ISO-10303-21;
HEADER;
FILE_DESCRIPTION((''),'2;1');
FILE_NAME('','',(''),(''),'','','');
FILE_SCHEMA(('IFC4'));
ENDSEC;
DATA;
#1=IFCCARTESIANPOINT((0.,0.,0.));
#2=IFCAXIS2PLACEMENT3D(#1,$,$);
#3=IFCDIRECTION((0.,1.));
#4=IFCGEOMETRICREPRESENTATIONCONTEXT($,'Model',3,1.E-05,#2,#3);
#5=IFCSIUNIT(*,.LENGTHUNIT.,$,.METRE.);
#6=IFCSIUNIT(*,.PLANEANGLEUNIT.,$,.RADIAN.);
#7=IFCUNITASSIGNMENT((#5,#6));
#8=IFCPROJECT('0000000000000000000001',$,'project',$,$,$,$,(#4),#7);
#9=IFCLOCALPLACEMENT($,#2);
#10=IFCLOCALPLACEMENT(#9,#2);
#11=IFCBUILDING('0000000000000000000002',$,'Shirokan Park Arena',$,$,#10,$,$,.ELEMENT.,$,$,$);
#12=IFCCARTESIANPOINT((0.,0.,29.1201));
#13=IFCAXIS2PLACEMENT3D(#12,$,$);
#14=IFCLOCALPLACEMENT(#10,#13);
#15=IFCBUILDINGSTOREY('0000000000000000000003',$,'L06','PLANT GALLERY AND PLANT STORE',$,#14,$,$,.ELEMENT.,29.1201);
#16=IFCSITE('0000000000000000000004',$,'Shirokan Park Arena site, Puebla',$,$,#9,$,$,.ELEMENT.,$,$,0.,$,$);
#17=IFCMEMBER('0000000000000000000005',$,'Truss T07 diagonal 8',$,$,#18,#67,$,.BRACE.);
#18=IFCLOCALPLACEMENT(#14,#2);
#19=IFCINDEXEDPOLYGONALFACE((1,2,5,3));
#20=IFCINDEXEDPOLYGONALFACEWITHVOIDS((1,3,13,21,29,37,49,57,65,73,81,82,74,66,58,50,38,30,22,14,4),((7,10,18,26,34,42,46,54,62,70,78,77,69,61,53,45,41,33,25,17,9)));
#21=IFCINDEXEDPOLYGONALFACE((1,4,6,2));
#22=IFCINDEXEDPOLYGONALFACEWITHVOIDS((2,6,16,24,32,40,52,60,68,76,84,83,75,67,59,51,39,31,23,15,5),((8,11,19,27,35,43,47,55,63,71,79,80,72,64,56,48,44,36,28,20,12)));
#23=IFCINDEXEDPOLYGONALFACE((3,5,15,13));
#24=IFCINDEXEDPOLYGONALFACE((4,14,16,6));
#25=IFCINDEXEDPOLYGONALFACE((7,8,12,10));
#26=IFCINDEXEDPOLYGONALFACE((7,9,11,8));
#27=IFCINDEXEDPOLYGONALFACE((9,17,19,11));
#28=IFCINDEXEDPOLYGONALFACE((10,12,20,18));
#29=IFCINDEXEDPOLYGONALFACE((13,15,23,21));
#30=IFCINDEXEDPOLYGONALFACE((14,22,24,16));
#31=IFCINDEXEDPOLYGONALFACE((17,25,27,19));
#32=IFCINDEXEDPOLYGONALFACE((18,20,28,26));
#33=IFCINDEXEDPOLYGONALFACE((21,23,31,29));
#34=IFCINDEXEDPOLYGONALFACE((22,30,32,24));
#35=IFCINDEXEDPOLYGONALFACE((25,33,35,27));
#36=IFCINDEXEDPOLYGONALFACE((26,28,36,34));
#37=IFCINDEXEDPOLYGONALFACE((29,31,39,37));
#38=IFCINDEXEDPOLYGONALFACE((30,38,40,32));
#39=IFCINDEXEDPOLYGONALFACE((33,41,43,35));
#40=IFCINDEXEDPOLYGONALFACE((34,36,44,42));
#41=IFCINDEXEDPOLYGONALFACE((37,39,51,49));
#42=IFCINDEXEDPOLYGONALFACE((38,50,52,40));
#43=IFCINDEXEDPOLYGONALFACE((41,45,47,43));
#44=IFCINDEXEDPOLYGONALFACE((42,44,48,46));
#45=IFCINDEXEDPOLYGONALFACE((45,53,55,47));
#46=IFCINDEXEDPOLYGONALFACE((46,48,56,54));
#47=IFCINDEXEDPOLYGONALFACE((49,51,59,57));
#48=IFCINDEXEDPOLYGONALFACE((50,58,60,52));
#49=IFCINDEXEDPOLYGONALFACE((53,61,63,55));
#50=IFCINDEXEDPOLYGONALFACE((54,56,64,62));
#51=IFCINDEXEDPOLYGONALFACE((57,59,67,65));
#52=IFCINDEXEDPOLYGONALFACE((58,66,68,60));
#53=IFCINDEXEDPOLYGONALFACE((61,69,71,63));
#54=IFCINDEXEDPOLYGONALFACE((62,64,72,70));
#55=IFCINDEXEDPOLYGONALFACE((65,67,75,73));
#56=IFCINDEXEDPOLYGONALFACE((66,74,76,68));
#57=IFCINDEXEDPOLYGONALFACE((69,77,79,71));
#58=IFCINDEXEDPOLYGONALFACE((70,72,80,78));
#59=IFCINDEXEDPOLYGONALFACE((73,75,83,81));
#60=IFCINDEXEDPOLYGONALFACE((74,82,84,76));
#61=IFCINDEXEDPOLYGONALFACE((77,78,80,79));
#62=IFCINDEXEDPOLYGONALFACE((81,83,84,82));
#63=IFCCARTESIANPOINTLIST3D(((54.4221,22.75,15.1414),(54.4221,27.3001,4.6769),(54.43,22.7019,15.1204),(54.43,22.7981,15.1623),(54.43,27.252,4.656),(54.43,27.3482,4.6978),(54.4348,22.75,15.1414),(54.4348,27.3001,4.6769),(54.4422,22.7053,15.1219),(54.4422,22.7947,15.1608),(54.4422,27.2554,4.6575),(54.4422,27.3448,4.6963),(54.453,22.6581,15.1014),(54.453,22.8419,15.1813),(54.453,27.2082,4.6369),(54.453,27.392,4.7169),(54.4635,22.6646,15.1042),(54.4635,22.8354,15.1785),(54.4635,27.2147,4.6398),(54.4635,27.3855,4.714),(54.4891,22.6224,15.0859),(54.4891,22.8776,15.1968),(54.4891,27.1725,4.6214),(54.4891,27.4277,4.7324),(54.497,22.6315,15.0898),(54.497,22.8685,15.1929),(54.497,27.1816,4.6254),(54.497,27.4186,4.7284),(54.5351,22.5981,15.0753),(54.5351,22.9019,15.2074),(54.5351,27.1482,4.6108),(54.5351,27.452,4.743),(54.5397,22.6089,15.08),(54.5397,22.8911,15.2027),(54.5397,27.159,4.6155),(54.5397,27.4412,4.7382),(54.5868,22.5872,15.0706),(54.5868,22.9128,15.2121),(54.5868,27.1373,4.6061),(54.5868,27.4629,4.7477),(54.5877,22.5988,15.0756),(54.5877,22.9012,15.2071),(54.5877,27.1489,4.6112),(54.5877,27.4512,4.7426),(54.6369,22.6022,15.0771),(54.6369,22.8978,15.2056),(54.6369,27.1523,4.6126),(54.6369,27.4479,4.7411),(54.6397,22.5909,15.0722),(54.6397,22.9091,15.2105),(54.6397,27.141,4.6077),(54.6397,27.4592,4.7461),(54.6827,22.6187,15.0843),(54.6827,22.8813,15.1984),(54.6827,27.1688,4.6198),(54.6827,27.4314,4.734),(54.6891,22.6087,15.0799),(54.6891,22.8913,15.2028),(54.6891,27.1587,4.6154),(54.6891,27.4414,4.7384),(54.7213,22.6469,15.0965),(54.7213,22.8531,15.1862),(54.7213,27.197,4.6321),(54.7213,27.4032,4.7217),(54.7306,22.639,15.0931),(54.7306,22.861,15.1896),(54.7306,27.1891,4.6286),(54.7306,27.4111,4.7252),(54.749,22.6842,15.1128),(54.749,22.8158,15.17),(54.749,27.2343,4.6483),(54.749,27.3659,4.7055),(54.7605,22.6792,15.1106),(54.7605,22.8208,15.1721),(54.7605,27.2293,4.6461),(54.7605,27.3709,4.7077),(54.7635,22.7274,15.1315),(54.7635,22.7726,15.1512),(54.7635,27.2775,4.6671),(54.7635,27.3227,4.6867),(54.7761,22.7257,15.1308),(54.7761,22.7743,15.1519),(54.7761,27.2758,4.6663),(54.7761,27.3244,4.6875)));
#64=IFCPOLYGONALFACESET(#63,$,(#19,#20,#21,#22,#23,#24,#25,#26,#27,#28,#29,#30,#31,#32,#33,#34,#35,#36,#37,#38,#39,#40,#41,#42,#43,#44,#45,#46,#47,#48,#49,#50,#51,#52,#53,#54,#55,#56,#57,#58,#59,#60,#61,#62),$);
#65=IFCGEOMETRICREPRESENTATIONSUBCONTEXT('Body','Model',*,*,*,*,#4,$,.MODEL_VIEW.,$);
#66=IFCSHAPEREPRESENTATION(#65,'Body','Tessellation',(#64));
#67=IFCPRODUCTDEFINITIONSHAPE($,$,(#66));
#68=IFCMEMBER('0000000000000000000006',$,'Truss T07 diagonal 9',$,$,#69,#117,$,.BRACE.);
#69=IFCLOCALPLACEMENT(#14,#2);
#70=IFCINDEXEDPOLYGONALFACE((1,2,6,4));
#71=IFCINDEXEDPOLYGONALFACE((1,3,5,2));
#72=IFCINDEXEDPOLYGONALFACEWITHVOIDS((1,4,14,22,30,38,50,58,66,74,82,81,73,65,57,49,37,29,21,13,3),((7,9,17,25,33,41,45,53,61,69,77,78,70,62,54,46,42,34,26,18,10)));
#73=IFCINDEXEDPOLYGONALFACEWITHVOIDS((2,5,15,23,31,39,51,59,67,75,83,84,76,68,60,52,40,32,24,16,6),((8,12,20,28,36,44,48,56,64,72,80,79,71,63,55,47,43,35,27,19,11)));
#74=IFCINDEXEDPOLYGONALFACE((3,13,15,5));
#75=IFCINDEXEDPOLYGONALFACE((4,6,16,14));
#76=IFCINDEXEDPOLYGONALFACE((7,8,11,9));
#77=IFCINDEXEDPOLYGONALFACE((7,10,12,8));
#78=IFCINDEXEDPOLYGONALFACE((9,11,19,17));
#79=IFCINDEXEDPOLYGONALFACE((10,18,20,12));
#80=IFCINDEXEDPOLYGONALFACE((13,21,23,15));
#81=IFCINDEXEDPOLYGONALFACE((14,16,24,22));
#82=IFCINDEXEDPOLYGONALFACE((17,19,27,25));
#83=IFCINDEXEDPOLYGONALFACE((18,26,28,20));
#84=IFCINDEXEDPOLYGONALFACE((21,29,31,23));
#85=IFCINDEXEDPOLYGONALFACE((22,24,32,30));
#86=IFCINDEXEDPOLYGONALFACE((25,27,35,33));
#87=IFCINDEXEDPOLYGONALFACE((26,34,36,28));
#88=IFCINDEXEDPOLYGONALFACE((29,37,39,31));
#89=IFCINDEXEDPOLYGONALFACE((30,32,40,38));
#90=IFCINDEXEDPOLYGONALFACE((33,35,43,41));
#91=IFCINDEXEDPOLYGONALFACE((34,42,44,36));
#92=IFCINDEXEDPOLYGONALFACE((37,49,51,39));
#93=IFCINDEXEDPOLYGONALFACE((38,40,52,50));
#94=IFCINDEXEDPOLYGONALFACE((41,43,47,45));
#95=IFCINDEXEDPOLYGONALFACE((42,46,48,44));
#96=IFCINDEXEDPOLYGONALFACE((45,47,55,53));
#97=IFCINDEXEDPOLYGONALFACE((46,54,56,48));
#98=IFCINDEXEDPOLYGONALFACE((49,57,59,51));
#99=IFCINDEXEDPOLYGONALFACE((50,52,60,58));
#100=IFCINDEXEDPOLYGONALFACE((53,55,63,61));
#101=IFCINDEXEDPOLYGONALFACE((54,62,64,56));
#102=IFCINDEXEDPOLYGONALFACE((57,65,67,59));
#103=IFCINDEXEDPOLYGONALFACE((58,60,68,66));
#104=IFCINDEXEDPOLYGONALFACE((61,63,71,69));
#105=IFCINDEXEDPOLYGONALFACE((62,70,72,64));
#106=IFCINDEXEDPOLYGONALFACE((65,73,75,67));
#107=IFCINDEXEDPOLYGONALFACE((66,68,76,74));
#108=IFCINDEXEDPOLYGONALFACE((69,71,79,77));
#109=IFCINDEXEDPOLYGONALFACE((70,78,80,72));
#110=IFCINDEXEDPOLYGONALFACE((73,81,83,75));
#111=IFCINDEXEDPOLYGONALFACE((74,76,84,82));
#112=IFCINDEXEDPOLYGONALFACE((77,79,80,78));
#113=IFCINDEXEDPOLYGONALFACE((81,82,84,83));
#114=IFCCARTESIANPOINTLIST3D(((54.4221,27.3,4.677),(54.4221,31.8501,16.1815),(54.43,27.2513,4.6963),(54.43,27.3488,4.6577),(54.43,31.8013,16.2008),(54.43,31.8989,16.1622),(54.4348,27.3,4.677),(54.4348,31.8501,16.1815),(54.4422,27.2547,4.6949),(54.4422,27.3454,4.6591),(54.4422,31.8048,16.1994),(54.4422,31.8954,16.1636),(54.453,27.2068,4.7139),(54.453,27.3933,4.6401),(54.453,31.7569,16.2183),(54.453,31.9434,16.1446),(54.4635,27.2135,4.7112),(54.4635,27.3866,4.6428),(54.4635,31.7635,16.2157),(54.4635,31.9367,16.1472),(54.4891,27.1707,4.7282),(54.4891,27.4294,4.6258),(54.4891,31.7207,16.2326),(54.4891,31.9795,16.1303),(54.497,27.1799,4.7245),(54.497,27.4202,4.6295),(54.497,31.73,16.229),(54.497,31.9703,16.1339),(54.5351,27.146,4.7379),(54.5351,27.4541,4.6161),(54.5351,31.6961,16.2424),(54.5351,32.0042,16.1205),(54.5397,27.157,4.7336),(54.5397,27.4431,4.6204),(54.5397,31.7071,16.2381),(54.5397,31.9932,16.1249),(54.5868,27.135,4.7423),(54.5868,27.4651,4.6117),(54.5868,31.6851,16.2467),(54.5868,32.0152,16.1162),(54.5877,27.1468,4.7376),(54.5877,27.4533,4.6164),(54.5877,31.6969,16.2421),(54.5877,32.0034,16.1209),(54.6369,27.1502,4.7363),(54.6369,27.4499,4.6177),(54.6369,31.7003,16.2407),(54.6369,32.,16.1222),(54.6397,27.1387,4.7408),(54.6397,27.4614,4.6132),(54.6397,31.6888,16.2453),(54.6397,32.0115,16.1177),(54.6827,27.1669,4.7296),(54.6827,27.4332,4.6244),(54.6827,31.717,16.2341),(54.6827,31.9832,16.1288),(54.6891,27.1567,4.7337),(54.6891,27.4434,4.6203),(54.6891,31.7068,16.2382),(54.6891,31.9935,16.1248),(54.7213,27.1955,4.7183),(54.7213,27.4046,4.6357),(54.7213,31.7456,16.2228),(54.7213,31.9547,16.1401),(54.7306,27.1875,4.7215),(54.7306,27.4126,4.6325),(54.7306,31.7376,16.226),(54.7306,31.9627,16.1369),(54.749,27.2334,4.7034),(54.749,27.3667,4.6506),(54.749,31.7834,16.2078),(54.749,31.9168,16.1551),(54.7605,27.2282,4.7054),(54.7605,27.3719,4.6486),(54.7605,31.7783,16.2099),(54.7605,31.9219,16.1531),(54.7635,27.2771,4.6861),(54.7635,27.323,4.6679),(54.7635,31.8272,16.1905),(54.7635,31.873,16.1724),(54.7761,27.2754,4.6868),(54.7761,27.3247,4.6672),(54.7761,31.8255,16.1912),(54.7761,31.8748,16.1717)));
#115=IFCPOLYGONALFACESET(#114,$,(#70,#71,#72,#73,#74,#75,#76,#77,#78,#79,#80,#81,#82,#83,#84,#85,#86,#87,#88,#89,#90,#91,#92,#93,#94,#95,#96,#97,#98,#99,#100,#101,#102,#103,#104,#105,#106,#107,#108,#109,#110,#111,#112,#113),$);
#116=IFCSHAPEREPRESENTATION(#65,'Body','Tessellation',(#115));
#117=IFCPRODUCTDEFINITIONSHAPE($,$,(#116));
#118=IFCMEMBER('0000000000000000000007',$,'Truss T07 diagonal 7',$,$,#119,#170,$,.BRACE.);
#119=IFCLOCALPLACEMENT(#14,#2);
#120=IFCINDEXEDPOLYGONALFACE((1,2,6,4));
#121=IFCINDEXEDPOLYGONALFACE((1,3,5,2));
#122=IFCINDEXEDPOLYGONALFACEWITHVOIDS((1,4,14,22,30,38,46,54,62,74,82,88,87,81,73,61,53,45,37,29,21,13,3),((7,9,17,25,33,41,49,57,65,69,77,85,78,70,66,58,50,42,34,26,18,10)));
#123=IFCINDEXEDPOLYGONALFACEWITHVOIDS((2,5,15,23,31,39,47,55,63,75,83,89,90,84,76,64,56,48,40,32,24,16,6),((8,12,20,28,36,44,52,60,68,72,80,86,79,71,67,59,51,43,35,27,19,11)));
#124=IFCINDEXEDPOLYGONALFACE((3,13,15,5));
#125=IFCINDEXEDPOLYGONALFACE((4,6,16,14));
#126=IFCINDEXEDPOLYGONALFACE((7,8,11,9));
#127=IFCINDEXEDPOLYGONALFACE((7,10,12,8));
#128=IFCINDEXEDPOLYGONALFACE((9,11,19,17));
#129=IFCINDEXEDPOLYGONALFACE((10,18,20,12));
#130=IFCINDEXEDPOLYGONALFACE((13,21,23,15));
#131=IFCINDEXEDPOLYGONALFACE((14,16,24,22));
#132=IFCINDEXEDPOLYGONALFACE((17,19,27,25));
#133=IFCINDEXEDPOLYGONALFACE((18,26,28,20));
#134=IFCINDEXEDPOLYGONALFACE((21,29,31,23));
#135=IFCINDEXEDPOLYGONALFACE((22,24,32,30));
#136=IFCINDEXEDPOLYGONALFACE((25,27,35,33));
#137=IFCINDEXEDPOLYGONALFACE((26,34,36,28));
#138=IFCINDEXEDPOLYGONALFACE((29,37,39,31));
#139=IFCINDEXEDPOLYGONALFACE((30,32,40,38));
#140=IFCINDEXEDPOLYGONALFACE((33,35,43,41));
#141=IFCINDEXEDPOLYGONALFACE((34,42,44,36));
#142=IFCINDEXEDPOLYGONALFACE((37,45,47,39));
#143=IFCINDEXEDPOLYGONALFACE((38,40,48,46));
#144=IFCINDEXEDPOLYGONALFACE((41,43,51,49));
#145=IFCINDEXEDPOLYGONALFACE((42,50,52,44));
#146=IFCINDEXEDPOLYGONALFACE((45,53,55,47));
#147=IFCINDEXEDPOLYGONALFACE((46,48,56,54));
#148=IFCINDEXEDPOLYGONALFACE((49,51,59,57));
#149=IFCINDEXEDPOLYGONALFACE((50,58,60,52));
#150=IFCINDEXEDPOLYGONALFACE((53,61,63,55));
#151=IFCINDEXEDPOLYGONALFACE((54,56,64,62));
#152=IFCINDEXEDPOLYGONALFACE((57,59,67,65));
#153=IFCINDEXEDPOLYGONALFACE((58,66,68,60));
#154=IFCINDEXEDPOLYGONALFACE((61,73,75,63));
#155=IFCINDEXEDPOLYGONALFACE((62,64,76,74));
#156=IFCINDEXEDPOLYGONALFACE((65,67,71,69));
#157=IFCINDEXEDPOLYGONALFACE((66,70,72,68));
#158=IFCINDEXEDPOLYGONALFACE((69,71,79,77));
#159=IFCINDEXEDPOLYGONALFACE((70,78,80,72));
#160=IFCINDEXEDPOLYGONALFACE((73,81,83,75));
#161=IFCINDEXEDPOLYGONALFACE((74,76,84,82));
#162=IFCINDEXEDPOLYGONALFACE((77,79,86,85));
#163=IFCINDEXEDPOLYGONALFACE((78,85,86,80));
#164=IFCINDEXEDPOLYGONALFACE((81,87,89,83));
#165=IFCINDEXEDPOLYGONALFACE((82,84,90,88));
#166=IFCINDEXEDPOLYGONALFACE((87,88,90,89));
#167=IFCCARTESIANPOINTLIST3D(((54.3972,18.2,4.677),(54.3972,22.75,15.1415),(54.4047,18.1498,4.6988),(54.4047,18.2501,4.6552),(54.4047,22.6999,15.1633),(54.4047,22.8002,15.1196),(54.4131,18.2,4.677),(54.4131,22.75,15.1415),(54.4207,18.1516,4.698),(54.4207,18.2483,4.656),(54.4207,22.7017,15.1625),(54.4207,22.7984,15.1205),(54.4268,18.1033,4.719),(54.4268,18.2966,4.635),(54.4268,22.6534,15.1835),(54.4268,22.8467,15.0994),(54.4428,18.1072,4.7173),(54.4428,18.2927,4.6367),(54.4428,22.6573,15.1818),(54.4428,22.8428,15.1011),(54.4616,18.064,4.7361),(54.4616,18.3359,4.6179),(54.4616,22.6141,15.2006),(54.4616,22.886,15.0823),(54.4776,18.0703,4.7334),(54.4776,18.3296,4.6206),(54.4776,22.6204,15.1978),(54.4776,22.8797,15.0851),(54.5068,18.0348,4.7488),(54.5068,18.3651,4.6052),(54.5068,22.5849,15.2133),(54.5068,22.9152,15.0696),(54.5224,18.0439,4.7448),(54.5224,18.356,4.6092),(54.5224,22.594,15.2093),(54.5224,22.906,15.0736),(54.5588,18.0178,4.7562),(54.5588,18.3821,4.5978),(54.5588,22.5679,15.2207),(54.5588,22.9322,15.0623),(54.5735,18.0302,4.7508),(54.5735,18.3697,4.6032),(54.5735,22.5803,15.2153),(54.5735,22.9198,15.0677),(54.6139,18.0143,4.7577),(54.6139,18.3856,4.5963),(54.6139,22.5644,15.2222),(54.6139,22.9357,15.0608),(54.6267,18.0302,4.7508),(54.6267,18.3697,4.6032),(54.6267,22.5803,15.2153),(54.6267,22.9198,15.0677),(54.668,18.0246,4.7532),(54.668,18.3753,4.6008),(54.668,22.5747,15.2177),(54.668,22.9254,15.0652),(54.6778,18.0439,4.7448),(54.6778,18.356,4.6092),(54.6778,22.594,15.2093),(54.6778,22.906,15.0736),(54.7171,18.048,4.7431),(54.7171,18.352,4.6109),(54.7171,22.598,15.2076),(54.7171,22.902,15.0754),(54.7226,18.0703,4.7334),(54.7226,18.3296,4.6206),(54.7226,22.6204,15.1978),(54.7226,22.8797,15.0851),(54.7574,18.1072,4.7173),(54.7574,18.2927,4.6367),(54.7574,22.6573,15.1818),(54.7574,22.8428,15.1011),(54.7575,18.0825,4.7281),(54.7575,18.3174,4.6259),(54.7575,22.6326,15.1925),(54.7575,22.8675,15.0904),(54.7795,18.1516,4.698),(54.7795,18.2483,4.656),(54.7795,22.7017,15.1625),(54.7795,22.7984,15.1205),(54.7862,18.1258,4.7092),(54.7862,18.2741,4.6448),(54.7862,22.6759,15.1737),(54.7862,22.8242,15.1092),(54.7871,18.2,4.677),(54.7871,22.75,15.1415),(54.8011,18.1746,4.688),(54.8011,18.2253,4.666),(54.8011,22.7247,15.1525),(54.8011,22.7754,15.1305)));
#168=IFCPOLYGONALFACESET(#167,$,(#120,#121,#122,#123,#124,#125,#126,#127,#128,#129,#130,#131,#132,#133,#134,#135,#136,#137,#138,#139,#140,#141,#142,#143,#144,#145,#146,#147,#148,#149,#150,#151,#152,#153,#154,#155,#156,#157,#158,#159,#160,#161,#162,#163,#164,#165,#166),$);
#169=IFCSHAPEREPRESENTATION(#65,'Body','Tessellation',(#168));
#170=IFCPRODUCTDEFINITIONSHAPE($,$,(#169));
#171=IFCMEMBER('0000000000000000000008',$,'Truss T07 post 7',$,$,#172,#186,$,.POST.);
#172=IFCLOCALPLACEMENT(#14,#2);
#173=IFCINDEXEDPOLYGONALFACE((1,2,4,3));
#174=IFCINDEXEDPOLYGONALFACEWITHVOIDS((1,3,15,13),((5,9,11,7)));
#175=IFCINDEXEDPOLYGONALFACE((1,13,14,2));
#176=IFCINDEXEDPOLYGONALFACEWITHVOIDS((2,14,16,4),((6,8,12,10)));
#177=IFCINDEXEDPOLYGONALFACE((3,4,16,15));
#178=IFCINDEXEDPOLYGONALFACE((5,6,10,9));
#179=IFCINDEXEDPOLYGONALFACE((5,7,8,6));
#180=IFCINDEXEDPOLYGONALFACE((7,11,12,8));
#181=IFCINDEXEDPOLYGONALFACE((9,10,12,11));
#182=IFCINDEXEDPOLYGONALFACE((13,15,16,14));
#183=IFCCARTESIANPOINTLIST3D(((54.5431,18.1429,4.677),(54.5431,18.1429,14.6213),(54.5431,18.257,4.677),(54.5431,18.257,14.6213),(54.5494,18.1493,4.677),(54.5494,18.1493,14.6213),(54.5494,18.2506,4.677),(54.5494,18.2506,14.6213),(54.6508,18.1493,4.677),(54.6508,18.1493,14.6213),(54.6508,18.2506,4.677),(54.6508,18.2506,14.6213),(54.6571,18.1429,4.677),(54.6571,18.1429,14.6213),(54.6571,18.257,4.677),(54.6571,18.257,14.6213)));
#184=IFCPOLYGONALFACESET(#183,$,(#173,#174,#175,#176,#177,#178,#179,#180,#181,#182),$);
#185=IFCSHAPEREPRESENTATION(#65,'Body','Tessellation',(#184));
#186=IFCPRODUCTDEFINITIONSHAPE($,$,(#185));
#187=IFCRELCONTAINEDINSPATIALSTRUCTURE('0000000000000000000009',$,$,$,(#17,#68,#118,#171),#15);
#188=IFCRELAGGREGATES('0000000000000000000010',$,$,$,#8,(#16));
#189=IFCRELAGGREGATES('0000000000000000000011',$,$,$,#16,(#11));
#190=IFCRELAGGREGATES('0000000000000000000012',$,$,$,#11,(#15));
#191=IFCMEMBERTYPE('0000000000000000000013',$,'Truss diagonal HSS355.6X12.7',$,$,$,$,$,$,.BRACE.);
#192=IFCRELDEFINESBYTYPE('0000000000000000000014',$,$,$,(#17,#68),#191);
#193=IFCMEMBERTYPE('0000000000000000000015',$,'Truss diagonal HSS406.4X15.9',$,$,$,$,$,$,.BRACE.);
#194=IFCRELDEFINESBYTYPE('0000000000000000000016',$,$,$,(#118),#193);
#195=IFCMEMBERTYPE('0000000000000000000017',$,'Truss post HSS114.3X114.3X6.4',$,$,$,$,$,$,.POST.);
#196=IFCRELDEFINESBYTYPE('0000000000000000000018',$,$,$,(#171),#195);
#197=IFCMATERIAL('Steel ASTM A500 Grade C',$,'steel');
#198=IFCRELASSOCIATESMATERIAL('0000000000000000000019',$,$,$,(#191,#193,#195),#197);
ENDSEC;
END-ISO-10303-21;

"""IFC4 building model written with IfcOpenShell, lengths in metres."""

from ifc_helpers import new_model, si_unit, direction, frame, origin, origin_2d, place, context, subcontext, project, spatial, hollow_rectangle, hollow_circle, extrude, material, material_profile, profile_set, type_object, element, save


model = new_model("IFC4")

# Units and contexts
model_context = context("Model", 3, precision=1e-05, world=origin(), true_north=direction((0.0, 1.0)))
body_context = subcontext(model_context, "Body", "Model", "MODEL_VIEW")
ifc_project = project(units=[si_unit("LENGTHUNIT", "METRE"), si_unit("PLANEANGLEUNIT", "RADIAN")], contexts=[model_context])

# Site, building, storey
site_placement = place(None, origin())
site = spatial("IfcSite", under=ifc_project, at=site_placement, Name="Shirokan Park Arena site, Puebla", CompositionType="ELEMENT", RefElevation=0.0)
building_placement = place(site_placement, origin())
building = spatial("IfcBuilding", under=site, at=building_placement, Name="Shirokan Park Arena", CompositionType="ELEMENT")
storey_placement = place(building_placement, frame((0.0, 0.0, 29.1201)))
storey = spatial("IfcBuildingStorey", under=building, at=storey_placement, Name="L06", Description="PLANT GALLERY AND PLANT STORE", CompositionType="ELEMENT", Elevation=29.1201)

# Members
ifc_material_1 = material(Name="Steel ASTM A500 Grade C", Category="steel")
ifc_material_profile_1 = material_profile(ifc_material_1, hollow_circle(Radius=0.178, WallThickness=0.0127, at=origin_2d()), Name="HSS355.6X12.7")
ifc_profile_set_1 = profile_set([ifc_material_profile_1], Name="Steel ASTM A500 Grade C")
member_type_1 = type_object("IfcMemberType", Name="Truss diagonal HSS355.6X12.7", PredefinedType="BRACE", material=ifc_profile_set_1)
member_1_placement = place(storey_placement, frame((54.6001, 22.75, 15.1414), z_axis=(0.0, 0.39875, -0.91706), x_axis=(-1.0, 0.0, 0.0)))
element("IfcMember", 1, at=member_1_placement, inside=storey, type_object=member_type_1, Name="Truss T07 diagonal 8", PredefinedType="BRACE", context=body_context, shape_type="SweptSolid", body=[
    extrude(hollow_circle(Radius=0.178, WallThickness=0.0127, at=origin_2d()), origin(), (0.0, 0.0, 1.0), 11.4109),
])
member_2_placement = place(storey_placement, frame((54.6001, 27.3, 4.677), z_axis=(0.0, 0.367785, 0.929911), x_axis=(-1.0, 0.0, 0.0)))
element("IfcMember", 2, at=member_2_placement, inside=storey, type_object=member_type_1, Name="Truss T07 diagonal 9", PredefinedType="BRACE", context=body_context, shape_type="SweptSolid", body=[
    extrude(hollow_circle(Radius=0.178, WallThickness=0.0127, at=origin_2d()), origin(), (0.0, 0.0, 1.0), 12.3716),
])
ifc_material_profile_2 = material_profile(ifc_material_1, hollow_circle(Radius=0.2029, WallThickness=0.0159, at=origin_2d()), Name="HSS406.4X15.9")
ifc_profile_set_2 = profile_set([ifc_material_profile_2], Name="Steel ASTM A500 Grade C")
member_type_2 = type_object("IfcMemberType", Name="Truss diagonal HSS406.4X15.9", PredefinedType="BRACE", material=ifc_profile_set_2)
member_3_placement = place(storey_placement, frame((54.6001, 18.2, 4.677), z_axis=(0.0, 0.39875, 0.91706), x_axis=(-1.0, 0.0, 0.0)))
element("IfcMember", 3, at=member_3_placement, inside=storey, type_object=member_type_2, Name="Truss T07 diagonal 7", PredefinedType="BRACE", context=body_context, shape_type="SweptSolid", body=[
    extrude(hollow_circle(Radius=0.2029, WallThickness=0.0159, at=origin_2d()), origin(), (0.0, 0.0, 1.0), 11.4109),
])
ifc_material_profile_3 = material_profile(ifc_material_1, hollow_rectangle(XDim=0.114, YDim=0.114, WallThickness=0.0063, at=origin_2d()), Name="HSS114.3X114.3X6.4")
ifc_profile_set_3 = profile_set([ifc_material_profile_3], Name="Steel ASTM A500 Grade C")
member_type_3 = type_object("IfcMemberType", Name="Truss post HSS114.3X114.3X6.4", PredefinedType="POST", material=ifc_profile_set_3)
member_4_placement = place(storey_placement, frame((54.6001, 18.2, 4.677), z_axis=(0.0, 0.0, 1.0), x_axis=(1.0, 0.0, 0.0)))
element("IfcMember", 4, at=member_4_placement, inside=storey, type_object=member_type_3, Name="Truss T07 post 7", PredefinedType="POST", context=body_context, shape_type="SweptSolid", body=[
    extrude(hollow_rectangle(XDim=0.114, YDim=0.114, WallThickness=0.0063, at=origin_2d()), origin(), (0.0, 0.0, 1.0), 9.9443),
])

save(model, "model.ifc")
